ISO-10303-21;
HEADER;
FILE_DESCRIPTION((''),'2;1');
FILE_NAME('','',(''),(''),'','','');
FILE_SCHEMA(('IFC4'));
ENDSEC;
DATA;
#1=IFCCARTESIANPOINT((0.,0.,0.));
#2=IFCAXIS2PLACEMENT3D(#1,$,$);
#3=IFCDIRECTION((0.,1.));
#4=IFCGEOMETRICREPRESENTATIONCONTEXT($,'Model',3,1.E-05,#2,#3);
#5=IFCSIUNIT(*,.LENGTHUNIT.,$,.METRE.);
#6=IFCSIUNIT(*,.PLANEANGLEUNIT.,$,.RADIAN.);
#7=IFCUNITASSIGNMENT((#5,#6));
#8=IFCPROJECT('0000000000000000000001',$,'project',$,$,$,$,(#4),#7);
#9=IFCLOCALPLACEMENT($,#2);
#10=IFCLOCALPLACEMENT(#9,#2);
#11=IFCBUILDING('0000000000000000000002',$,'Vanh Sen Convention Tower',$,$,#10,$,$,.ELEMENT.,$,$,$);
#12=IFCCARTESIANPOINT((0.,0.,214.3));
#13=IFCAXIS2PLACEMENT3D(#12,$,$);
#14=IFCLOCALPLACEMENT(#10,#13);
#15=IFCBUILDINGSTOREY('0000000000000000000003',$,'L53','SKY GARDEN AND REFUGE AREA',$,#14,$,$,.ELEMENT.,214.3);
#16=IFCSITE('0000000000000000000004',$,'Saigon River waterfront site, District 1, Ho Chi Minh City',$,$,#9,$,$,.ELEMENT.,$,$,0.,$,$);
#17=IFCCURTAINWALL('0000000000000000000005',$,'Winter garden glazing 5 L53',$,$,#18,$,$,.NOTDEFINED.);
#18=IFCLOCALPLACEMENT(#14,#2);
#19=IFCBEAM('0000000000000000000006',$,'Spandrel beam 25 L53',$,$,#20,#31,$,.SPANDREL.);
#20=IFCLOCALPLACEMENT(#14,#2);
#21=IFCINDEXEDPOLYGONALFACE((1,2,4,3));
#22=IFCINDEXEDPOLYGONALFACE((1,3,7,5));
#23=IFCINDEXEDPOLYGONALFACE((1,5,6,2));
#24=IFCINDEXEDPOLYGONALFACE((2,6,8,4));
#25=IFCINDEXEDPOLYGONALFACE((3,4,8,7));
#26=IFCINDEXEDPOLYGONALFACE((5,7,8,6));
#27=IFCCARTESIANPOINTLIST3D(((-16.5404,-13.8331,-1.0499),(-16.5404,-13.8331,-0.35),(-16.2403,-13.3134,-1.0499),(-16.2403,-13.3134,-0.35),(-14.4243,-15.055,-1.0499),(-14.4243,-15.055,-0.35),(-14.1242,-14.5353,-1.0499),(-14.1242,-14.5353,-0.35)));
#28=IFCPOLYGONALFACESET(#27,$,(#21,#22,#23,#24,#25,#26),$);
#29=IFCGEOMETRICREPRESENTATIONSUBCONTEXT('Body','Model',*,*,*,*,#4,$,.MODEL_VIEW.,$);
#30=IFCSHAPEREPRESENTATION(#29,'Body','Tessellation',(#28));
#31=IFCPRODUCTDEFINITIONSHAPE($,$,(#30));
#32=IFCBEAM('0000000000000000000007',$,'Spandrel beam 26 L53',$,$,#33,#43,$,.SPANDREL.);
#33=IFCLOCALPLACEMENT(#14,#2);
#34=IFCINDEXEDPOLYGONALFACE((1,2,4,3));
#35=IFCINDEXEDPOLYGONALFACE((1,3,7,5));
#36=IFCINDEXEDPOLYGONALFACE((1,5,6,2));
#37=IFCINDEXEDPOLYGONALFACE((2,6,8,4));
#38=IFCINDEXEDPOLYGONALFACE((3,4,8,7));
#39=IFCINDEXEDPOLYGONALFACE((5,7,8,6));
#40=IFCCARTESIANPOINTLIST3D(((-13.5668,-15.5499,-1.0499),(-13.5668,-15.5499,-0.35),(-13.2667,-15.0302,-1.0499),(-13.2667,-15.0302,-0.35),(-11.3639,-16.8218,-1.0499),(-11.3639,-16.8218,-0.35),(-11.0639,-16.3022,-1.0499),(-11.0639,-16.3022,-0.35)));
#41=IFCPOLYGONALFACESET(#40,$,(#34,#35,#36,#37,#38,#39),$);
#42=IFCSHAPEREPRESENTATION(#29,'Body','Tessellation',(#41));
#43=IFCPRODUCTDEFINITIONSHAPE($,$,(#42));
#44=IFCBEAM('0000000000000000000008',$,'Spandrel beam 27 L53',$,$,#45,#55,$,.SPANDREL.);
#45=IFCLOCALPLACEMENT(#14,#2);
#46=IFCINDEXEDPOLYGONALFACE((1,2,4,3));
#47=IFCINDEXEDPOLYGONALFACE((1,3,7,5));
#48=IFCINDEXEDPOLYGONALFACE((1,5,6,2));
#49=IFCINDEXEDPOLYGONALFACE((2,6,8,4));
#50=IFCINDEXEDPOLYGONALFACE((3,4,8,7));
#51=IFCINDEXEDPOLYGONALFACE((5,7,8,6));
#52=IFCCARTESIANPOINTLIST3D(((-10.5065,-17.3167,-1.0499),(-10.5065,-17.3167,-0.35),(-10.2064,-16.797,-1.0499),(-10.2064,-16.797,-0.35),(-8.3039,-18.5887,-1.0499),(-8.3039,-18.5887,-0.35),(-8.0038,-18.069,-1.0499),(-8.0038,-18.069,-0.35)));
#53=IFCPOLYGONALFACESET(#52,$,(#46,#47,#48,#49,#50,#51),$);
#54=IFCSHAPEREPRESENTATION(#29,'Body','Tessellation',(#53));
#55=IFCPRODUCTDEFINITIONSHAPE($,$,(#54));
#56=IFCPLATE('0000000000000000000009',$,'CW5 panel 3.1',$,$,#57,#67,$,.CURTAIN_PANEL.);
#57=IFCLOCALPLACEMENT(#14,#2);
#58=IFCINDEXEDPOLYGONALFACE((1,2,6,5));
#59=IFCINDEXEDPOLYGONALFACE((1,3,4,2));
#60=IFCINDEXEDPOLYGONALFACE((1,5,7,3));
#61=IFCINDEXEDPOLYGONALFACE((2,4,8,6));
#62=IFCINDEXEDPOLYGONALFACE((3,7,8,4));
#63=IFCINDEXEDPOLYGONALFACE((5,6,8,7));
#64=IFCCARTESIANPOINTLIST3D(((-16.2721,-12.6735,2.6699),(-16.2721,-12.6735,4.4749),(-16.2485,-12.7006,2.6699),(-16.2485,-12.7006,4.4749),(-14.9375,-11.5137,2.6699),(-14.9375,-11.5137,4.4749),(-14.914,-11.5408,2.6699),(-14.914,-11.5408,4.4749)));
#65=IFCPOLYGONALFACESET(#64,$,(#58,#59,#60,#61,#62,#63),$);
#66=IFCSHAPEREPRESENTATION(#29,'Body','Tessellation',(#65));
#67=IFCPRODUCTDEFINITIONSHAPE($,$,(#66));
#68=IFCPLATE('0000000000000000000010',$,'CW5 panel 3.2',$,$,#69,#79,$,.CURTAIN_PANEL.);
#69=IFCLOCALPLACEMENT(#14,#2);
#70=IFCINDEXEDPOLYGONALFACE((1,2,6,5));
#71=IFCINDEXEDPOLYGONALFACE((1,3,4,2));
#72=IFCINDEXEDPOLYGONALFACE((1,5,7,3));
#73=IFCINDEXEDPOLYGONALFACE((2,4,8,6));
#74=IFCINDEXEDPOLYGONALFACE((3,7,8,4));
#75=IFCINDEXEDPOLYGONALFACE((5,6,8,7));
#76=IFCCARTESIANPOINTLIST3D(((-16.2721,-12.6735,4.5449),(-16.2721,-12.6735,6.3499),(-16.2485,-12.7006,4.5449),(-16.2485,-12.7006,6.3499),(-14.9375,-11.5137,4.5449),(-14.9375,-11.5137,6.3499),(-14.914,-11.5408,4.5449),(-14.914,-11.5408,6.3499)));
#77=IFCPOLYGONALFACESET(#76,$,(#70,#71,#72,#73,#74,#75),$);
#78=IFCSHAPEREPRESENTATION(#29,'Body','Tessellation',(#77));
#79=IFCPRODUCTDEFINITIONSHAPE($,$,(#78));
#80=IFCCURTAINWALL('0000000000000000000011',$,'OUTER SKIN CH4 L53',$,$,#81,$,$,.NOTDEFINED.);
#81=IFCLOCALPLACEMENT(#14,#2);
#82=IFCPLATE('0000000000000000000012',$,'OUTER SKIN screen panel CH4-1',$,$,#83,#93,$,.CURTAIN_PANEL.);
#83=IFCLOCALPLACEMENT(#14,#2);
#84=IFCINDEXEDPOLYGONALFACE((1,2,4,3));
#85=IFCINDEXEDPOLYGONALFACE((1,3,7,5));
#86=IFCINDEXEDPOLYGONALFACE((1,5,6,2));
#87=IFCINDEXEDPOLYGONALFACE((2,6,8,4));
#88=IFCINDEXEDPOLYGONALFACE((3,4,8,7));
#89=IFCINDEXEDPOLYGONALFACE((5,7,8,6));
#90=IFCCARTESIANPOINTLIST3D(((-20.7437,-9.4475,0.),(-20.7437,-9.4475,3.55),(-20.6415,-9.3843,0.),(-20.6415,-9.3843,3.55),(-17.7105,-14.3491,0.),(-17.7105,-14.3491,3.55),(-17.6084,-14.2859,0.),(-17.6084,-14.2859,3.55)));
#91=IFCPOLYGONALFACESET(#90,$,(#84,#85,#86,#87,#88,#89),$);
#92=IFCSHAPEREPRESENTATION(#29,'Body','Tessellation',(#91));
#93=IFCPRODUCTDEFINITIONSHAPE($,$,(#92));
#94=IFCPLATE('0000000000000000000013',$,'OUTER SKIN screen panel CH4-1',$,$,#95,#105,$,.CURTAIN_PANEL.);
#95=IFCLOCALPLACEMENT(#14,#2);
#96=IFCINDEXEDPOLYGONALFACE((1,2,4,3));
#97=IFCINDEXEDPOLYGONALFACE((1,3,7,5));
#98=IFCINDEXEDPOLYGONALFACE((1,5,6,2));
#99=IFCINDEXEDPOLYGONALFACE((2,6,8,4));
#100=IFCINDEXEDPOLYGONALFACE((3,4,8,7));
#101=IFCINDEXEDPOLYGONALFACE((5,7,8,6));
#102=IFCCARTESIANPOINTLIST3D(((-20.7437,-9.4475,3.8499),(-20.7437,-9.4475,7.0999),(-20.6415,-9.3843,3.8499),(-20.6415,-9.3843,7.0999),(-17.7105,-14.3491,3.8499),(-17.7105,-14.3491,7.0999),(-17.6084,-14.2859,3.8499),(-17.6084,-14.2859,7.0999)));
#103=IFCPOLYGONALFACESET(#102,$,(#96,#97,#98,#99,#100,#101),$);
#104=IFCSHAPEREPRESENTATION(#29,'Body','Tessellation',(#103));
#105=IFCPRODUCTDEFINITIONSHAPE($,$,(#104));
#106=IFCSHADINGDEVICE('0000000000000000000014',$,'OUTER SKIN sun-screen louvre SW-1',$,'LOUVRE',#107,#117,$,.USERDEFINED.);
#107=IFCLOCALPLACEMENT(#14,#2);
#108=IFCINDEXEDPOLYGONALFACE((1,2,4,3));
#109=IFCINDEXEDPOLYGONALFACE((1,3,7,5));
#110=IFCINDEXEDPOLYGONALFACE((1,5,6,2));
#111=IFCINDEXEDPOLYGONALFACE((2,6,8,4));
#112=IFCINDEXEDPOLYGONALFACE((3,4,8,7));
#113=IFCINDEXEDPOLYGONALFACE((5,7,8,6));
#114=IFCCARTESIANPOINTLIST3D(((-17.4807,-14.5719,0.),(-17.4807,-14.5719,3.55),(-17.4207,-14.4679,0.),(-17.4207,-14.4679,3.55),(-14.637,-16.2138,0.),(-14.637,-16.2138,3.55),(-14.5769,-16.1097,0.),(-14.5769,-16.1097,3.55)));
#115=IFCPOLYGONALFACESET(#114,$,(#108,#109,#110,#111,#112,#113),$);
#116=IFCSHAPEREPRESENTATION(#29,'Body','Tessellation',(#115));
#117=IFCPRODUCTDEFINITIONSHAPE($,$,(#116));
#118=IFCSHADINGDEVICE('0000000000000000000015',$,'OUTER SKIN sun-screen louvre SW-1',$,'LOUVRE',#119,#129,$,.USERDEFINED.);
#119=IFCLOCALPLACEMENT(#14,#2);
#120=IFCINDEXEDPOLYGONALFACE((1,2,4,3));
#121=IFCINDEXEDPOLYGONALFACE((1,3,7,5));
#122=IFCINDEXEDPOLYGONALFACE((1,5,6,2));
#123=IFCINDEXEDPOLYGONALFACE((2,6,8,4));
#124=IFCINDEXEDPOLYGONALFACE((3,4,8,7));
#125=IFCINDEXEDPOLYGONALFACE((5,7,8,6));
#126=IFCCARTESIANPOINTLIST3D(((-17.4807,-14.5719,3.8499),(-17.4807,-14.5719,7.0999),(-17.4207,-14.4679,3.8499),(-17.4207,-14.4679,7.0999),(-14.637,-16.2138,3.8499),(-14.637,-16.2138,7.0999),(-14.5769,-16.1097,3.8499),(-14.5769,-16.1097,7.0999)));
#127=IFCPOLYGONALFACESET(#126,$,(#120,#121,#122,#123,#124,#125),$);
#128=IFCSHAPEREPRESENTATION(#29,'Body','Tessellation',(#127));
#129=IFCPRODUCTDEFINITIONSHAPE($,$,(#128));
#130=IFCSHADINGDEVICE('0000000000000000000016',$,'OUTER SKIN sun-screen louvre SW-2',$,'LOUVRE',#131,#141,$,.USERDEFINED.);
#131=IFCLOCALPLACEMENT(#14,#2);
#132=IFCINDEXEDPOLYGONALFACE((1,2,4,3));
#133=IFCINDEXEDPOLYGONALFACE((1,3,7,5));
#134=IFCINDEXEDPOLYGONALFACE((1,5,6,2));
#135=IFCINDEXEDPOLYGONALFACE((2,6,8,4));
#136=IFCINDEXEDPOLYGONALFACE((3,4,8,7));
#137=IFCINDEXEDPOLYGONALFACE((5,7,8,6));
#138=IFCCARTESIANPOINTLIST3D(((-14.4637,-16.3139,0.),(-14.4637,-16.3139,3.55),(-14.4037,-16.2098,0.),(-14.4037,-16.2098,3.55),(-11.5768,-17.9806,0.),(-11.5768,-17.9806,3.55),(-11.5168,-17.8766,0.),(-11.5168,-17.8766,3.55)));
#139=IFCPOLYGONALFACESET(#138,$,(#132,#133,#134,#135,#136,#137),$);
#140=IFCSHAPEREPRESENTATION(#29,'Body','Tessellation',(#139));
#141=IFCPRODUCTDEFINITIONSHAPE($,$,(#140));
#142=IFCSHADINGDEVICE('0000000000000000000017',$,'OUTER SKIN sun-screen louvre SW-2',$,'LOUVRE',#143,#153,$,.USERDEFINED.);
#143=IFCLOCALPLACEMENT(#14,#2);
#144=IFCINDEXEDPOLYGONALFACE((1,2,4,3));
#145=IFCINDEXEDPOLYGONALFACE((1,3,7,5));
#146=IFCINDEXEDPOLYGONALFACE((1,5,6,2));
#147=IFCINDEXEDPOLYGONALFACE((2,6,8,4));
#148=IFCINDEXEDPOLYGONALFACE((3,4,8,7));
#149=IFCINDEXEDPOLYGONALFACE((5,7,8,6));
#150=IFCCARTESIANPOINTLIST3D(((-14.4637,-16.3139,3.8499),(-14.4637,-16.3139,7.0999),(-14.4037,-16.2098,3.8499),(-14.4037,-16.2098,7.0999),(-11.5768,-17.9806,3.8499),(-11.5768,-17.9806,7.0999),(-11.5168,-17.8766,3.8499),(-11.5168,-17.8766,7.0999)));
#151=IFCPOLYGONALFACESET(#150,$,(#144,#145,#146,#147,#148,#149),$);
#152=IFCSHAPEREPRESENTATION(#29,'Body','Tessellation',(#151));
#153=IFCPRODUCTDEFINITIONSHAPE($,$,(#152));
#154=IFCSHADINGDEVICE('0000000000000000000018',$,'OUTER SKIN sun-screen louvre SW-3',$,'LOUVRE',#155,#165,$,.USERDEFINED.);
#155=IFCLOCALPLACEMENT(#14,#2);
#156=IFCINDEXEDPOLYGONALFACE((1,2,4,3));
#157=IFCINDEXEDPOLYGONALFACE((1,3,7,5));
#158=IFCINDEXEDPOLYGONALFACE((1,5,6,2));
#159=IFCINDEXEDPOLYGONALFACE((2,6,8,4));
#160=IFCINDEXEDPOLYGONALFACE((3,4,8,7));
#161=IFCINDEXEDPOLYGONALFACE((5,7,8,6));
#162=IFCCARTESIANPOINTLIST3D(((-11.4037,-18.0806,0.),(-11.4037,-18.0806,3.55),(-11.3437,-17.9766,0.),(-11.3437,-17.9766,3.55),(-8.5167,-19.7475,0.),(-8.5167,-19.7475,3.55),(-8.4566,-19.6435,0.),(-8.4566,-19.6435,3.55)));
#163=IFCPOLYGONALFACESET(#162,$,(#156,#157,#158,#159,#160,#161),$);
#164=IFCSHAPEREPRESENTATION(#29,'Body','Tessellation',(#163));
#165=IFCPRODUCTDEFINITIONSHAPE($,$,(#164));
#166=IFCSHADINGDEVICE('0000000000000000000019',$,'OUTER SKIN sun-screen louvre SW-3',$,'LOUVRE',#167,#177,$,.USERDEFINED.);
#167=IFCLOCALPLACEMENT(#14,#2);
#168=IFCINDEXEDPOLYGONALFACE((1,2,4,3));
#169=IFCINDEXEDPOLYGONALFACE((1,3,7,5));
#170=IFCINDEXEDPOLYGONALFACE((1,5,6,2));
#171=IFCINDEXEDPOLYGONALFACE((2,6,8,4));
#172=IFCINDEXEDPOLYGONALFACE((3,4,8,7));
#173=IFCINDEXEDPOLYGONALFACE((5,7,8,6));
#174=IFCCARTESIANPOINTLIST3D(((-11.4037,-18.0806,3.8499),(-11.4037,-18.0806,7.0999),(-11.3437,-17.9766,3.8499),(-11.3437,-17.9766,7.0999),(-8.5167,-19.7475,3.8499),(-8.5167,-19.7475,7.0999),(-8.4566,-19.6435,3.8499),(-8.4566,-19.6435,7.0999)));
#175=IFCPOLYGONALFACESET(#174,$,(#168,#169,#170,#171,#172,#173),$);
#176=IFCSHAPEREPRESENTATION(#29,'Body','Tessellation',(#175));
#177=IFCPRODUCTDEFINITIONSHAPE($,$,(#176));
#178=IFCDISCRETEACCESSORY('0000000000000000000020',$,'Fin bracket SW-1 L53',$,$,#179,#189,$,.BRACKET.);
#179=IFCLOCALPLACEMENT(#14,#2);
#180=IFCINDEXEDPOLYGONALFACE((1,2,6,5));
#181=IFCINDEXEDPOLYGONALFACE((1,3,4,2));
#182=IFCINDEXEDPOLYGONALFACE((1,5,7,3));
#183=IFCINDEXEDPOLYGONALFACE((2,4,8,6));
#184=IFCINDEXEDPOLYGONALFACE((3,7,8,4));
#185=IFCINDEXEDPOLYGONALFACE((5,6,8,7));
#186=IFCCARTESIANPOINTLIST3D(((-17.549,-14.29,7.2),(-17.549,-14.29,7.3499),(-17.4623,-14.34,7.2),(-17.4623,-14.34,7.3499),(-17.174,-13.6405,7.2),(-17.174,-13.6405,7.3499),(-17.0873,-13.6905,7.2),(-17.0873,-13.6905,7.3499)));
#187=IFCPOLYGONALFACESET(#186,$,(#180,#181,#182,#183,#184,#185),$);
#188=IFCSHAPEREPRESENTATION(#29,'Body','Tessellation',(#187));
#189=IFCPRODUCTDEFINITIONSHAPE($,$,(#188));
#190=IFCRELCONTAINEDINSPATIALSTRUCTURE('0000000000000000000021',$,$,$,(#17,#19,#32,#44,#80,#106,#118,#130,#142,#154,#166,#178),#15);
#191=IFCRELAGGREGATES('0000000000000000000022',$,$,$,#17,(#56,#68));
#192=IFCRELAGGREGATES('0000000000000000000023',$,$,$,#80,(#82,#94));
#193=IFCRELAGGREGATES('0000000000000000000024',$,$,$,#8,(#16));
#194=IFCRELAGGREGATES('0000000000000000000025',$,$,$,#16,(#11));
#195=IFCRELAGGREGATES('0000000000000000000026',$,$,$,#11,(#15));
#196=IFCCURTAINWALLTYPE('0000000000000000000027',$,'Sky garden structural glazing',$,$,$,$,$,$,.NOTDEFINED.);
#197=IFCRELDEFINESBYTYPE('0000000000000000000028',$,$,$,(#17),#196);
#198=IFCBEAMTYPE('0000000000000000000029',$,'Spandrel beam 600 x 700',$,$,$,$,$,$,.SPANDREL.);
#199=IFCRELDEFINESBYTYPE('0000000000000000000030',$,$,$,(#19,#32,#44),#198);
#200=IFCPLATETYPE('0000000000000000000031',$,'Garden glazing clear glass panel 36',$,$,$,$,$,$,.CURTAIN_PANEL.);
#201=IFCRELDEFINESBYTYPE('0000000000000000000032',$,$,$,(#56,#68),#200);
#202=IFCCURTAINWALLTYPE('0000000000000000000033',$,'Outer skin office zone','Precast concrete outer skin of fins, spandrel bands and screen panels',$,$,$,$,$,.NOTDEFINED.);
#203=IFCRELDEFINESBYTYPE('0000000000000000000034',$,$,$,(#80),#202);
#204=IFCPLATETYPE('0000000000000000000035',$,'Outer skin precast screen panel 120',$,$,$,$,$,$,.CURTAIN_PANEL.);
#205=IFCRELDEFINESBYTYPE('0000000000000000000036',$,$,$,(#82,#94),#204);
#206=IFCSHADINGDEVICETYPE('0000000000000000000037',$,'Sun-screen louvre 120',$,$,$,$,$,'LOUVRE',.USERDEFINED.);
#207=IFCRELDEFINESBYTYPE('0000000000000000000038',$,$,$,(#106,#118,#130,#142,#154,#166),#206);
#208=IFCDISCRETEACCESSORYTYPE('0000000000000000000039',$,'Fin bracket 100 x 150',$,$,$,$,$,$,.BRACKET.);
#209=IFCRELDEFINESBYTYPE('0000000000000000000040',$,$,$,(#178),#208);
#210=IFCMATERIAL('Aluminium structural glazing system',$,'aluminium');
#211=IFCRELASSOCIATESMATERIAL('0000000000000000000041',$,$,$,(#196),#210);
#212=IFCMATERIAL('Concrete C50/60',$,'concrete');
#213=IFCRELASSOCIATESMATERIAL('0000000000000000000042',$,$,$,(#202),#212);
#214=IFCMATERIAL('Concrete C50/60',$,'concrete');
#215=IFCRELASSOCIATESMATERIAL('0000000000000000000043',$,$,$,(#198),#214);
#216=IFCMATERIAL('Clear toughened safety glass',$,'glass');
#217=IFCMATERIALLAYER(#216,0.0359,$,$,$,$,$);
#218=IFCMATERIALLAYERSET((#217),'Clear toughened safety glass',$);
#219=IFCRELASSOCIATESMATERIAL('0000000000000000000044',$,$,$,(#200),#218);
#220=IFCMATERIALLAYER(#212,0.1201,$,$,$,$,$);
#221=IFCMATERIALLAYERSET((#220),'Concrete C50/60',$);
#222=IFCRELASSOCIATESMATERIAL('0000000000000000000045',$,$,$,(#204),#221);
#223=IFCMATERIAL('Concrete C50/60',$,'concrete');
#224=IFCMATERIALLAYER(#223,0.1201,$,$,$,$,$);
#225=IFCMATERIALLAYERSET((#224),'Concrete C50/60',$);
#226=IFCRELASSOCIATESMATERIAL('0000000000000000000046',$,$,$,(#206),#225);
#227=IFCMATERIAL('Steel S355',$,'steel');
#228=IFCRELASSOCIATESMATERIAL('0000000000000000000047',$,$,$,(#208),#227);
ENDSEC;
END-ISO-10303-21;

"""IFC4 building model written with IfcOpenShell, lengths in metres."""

from ifc_helpers import new_model, si_unit, direction, frame, origin, origin_2d, place, context, subcontext, project, spatial, rectangle, extrude, material, layer, layer_set, material_profile, profile_set, type_object, element, aggregate, save


model = new_model("IFC4")

# Units and contexts
model_context = context("Model", 3, precision=1e-05, world=origin(), true_north=direction((0.0, 1.0)))
body_context = subcontext(model_context, "Body", "Model", "MODEL_VIEW")
ifc_project = project(units=[si_unit("LENGTHUNIT", "METRE"), si_unit("PLANEANGLEUNIT", "RADIAN")], contexts=[model_context])

# Site, building, storey
site_placement = place(None, origin())
site = spatial("IfcSite", under=ifc_project, at=site_placement, Name="Saigon River waterfront site, District 1, Ho Chi Minh City", CompositionType="ELEMENT", RefElevation=0.0)
building_placement = place(site_placement, origin())
building = spatial("IfcBuilding", under=site, at=building_placement, Name="Vanh Sen Convention Tower", CompositionType="ELEMENT")
storey_placement = place(building_placement, frame((0.0, 0.0, 214.3)))
storey = spatial("IfcBuildingStorey", under=building, at=storey_placement, Name="L53", Description="SKY GARDEN AND REFUGE AREA", CompositionType="ELEMENT", Elevation=214.3)

# Curtain wall
ifc_material_1 = material(Name="Aluminium structural glazing system", Category="aluminium")
curtain_wall_type_1 = type_object("IfcCurtainWallType", Name="Sky garden structural glazing", PredefinedType="NOTDEFINED", material=ifc_material_1)
curtain_wall_1_placement = place(storey_placement, origin())
curtain_wall_1 = element("IfcCurtainWall", 1, at=curtain_wall_1_placement, inside=storey, type_object=curtain_wall_type_1, Name="Winter garden glazing 5 L53", PredefinedType="NOTDEFINED")
ifc_material_2 = material(Name="Concrete C50/60", Category="concrete")
curtain_wall_type_2 = type_object("IfcCurtainWallType", Name="Outer skin office zone", Description="Precast concrete outer skin of fins, spandrel bands and screen panels", PredefinedType="NOTDEFINED", material=ifc_material_2)

# Beams
ifc_material_3 = material(Name="Concrete C50/60", Category="concrete")
ifc_material_profile_1 = material_profile(ifc_material_3, rectangle(XDim=0.6001, YDim=0.7, at=origin_2d()), Name="RC 600X700")
ifc_profile_set_1 = profile_set([ifc_material_profile_1], Name="Concrete C50/60")
beam_type_1 = type_object("IfcBeamType", Name="Spandrel beam 600 x 700", PredefinedType="SPANDREL", material=ifc_profile_set_1)
beam_1_placement = place(storey_placement, frame((-16.3904, -13.5732, -0.7), z_axis=(0.866003, -0.50004, 0.0), x_axis=(0.50004, 0.866003, 0.0)))
element("IfcBeam", 2, at=beam_1_placement, inside=storey, type_object=beam_type_1, Name="Spandrel beam 25 L53", PredefinedType="SPANDREL", context=body_context, shape_type="SweptSolid", body=[
    extrude(rectangle(XDim=0.6001, YDim=0.7, at=origin_2d()), origin(), (0.0, 0.0, 1.0), 2.4436),
])
beam_2_placement = place(storey_placement, frame((-13.4167, -15.29, -0.7), z_axis=(0.866002, -0.500041, 0.0), x_axis=(0.500041, 0.866002, 0.0)))
element("IfcBeam", 3, at=beam_2_placement, inside=storey, type_object=beam_type_1, Name="Spandrel beam 26 L53", PredefinedType="SPANDREL", context=body_context, shape_type="SweptSolid", body=[
    extrude(rectangle(XDim=0.6001, YDim=0.7, at=origin_2d()), origin(), (0.0, 0.0, 1.0), 2.5437),
])
beam_3_placement = place(storey_placement, frame((-10.3564, -17.0569, -0.7), z_axis=(0.865978, -0.500082, 0.0), x_axis=(0.500082, 0.865978, 0.0)))
element("IfcBeam", 4, at=beam_3_placement, inside=storey, type_object=beam_type_1, Name="Spandrel beam 27 L53", PredefinedType="SPANDREL", context=body_context, shape_type="SweptSolid", body=[
    extrude(rectangle(XDim=0.6001, YDim=0.7, at=origin_2d()), origin(), (0.0, 0.0, 1.0), 2.5435),
])

# Plates
ifc_material_4 = material(Name="Clear toughened safety glass", Category="glass")
ifc_layer_1 = layer(ifc_material_4, 0.0359)
ifc_layer_set_1 = layer_set([ifc_layer_1], Name="Clear toughened safety glass")
plate_type_1 = type_object("IfcPlateType", Name="Garden glazing clear glass panel 36", PredefinedType="CURTAIN_PANEL", material=ifc_layer_set_1)
plate_1_placement = place(storey_placement, frame((-15.593, -12.1072, 2.6699), z_axis=(0.0, 0.0, 1.0), x_axis=(-0.754797, -0.655958, 0.0)))
plate_1 = element("IfcPlate", 5, at=plate_1_placement, type_object=plate_type_1, Name="CW5 panel 3.1", PredefinedType="CURTAIN_PANEL", context=body_context, shape_type="SweptSolid", body=[
    extrude(rectangle(XDim=1.7681, YDim=0.0359, at=origin_2d()), origin(), (0.0, 0.0, 1.0), 1.8049),
])
plate_2_placement = place(storey_placement, frame((-15.593, -12.1072, 4.5449), z_axis=(0.0, 0.0, 1.0), x_axis=(-0.754797, -0.655958, 0.0)))
plate_2 = element("IfcPlate", 6, at=plate_2_placement, type_object=plate_type_1, Name="CW5 panel 3.2", PredefinedType="CURTAIN_PANEL", context=body_context, shape_type="SweptSolid", body=[
    extrude(rectangle(XDim=1.7681, YDim=0.0359, at=origin_2d()), origin(), (0.0, 0.0, 1.0), 1.8049),
])
aggregate(curtain_wall_1, [plate_1, plate_2])

# Curtain wall, plates
curtain_wall_2_placement = place(storey_placement, origin())
curtain_wall_2 = element("IfcCurtainWall", 7, at=curtain_wall_2_placement, inside=storey, type_object=curtain_wall_type_2, Name="OUTER SKIN CH4 L53", PredefinedType="NOTDEFINED")
ifc_layer_2 = layer(ifc_material_2, 0.1201)
ifc_layer_set_2 = layer_set([ifc_layer_2], Name="Concrete C50/60")
plate_type_2 = type_object("IfcPlateType", Name="Outer skin precast screen panel 120", PredefinedType="CURTAIN_PANEL", material=ifc_layer_set_2)
plate_3_placement = place(storey_placement, frame((-19.176, -11.8667, 0.0), z_axis=(0.0, 0.0, 1.0), x_axis=(0.526215, -0.850351, 0.0)))
plate_3 = element("IfcPlate", 8, at=plate_3_placement, type_object=plate_type_2, Name="OUTER SKIN screen panel CH4-1", PredefinedType="CURTAIN_PANEL", context=body_context, shape_type="SweptSolid", body=[
    extrude(rectangle(XDim=5.7642, YDim=0.1201, at=origin_2d()), origin(), (0.0, 0.0, 1.0), 3.55),
])
plate_4_placement = place(storey_placement, frame((-19.176, -11.8667, 3.8499), z_axis=(0.0, 0.0, 1.0), x_axis=(0.526215, -0.850351, 0.0)))
plate_4 = element("IfcPlate", 9, at=plate_4_placement, type_object=plate_type_2, Name="OUTER SKIN screen panel CH4-1", PredefinedType="CURTAIN_PANEL", context=body_context, shape_type="SweptSolid", body=[
    extrude(rectangle(XDim=5.7642, YDim=0.1201, at=origin_2d()), origin(), (0.0, 0.0, 1.0), 3.25),
])
aggregate(curtain_wall_2, [plate_3, plate_4])

# Shading devices
ifc_material_5 = material(Name="Concrete C50/60", Category="concrete")
ifc_layer_3 = layer(ifc_material_5, 0.1201)
ifc_layer_set_3 = layer_set([ifc_layer_3], Name="Concrete C50/60")
shading_device_type = type_object("IfcShadingDeviceType", Name="Sun-screen louvre 120", ElementType="LOUVRE", PredefinedType="USERDEFINED", material=ifc_layer_set_3)
shading_device_1_placement = place(storey_placement, frame((-16.0288, -15.3408, 0.0), z_axis=(0.0, 0.0, 1.0), x_axis=(0.866026, -0.499998, 0.0)))
element("IfcShadingDevice", 10, at=shading_device_1_placement, inside=storey, type_object=shading_device_type, Name="OUTER SKIN sun-screen louvre SW-1", ObjectType="LOUVRE", PredefinedType="USERDEFINED", context=body_context, shape_type="SweptSolid", body=[
    extrude(rectangle(XDim=3.2837, YDim=0.1201, at=origin_2d()), origin(), (0.0, 0.0, 1.0), 3.55),
])
shading_device_2_placement = place(storey_placement, frame((-16.0288, -15.3408, 3.8499), z_axis=(0.0, 0.0, 1.0), x_axis=(0.866026, -0.499998, 0.0)))
element("IfcShadingDevice", 11, at=shading_device_2_placement, inside=storey, type_object=shading_device_type, Name="OUTER SKIN sun-screen louvre SW-1", ObjectType="LOUVRE", PredefinedType="USERDEFINED", context=body_context, shape_type="SweptSolid", body=[
    extrude(rectangle(XDim=3.2837, YDim=0.1201, at=origin_2d()), origin(), (0.0, 0.0, 1.0), 3.25),
])
shading_device_3_placement = place(storey_placement, frame((-12.9902, -17.0952, 0.0), z_axis=(0.0, 0.0, 1.0), x_axis=(0.866026, -0.499998, 0.0)))
element("IfcShadingDevice", 12, at=shading_device_3_placement, inside=storey, type_object=shading_device_type, Name="OUTER SKIN sun-screen louvre SW-2", ObjectType="LOUVRE", PredefinedType="USERDEFINED", context=body_context, shape_type="SweptSolid", body=[
    extrude(rectangle(XDim=3.3335, YDim=0.1201, at=origin_2d()), origin(), (0.0, 0.0, 1.0), 3.55),
])
shading_device_4_placement = place(storey_placement, frame((-12.9902, -17.0952, 3.8499), z_axis=(0.0, 0.0, 1.0), x_axis=(0.866026, -0.499998, 0.0)))
element("IfcShadingDevice", 13, at=shading_device_4_placement, inside=storey, type_object=shading_device_type, Name="OUTER SKIN sun-screen louvre SW-2", ObjectType="LOUVRE", PredefinedType="USERDEFINED", context=body_context, shape_type="SweptSolid", body=[
    extrude(rectangle(XDim=3.3335, YDim=0.1201, at=origin_2d()), origin(), (0.0, 0.0, 1.0), 3.25),
])
shading_device_5_placement = place(storey_placement, frame((-9.9302, -18.8621, 0.0), z_axis=(0.0, 0.0, 1.0), x_axis=(0.866014, -0.50002, 0.0)))
element("IfcShadingDevice", 14, at=shading_device_5_placement, inside=storey, type_object=shading_device_type, Name="OUTER SKIN sun-screen louvre SW-3", ObjectType="LOUVRE", PredefinedType="USERDEFINED", context=body_context, shape_type="SweptSolid", body=[
    extrude(rectangle(XDim=3.3337, YDim=0.1201, at=origin_2d()), origin(), (0.0, 0.0, 1.0), 3.55),
])
shading_device_6_placement = place(storey_placement, frame((-9.9302, -18.8621, 3.8499), z_axis=(0.0, 0.0, 1.0), x_axis=(0.866014, -0.50002, 0.0)))
element("IfcShadingDevice", 15, at=shading_device_6_placement, inside=storey, type_object=shading_device_type, Name="OUTER SKIN sun-screen louvre SW-3", ObjectType="LOUVRE", PredefinedType="USERDEFINED", context=body_context, shape_type="SweptSolid", body=[
    extrude(rectangle(XDim=3.3337, YDim=0.1201, at=origin_2d()), origin(), (0.0, 0.0, 1.0), 3.25),
])

# Discrete accessory
ifc_material_6 = material(Name="Steel S355", Category="steel")
discrete_accessory_type = type_object("IfcDiscreteAccessoryType", Name="Fin bracket 100 x 150", PredefinedType="BRACKET", material=ifc_material_6)
for number, where, z_axis, x_axis, name in (
    (16, (-17.3181, -13.9902, 7.2), (0.0, 0.0, 1.0), (-0.5, -0.866025, 0.0), "Fin bracket SW-1 L53"),
):
    element("IfcDiscreteAccessory", number, at=place(storey_placement, frame(where, z_axis=z_axis, x_axis=x_axis)), inside=storey, type_object=discrete_accessory_type, Name=name, PredefinedType="BRACKET", context=body_context, shape_type="SweptSolid", body=[
        extrude(rectangle(XDim=0.75, YDim=0.1001, at=origin_2d()), origin(), (0.0, 0.0, 1.0), 0.1499),
    ])

save(model, "model.ifc")
